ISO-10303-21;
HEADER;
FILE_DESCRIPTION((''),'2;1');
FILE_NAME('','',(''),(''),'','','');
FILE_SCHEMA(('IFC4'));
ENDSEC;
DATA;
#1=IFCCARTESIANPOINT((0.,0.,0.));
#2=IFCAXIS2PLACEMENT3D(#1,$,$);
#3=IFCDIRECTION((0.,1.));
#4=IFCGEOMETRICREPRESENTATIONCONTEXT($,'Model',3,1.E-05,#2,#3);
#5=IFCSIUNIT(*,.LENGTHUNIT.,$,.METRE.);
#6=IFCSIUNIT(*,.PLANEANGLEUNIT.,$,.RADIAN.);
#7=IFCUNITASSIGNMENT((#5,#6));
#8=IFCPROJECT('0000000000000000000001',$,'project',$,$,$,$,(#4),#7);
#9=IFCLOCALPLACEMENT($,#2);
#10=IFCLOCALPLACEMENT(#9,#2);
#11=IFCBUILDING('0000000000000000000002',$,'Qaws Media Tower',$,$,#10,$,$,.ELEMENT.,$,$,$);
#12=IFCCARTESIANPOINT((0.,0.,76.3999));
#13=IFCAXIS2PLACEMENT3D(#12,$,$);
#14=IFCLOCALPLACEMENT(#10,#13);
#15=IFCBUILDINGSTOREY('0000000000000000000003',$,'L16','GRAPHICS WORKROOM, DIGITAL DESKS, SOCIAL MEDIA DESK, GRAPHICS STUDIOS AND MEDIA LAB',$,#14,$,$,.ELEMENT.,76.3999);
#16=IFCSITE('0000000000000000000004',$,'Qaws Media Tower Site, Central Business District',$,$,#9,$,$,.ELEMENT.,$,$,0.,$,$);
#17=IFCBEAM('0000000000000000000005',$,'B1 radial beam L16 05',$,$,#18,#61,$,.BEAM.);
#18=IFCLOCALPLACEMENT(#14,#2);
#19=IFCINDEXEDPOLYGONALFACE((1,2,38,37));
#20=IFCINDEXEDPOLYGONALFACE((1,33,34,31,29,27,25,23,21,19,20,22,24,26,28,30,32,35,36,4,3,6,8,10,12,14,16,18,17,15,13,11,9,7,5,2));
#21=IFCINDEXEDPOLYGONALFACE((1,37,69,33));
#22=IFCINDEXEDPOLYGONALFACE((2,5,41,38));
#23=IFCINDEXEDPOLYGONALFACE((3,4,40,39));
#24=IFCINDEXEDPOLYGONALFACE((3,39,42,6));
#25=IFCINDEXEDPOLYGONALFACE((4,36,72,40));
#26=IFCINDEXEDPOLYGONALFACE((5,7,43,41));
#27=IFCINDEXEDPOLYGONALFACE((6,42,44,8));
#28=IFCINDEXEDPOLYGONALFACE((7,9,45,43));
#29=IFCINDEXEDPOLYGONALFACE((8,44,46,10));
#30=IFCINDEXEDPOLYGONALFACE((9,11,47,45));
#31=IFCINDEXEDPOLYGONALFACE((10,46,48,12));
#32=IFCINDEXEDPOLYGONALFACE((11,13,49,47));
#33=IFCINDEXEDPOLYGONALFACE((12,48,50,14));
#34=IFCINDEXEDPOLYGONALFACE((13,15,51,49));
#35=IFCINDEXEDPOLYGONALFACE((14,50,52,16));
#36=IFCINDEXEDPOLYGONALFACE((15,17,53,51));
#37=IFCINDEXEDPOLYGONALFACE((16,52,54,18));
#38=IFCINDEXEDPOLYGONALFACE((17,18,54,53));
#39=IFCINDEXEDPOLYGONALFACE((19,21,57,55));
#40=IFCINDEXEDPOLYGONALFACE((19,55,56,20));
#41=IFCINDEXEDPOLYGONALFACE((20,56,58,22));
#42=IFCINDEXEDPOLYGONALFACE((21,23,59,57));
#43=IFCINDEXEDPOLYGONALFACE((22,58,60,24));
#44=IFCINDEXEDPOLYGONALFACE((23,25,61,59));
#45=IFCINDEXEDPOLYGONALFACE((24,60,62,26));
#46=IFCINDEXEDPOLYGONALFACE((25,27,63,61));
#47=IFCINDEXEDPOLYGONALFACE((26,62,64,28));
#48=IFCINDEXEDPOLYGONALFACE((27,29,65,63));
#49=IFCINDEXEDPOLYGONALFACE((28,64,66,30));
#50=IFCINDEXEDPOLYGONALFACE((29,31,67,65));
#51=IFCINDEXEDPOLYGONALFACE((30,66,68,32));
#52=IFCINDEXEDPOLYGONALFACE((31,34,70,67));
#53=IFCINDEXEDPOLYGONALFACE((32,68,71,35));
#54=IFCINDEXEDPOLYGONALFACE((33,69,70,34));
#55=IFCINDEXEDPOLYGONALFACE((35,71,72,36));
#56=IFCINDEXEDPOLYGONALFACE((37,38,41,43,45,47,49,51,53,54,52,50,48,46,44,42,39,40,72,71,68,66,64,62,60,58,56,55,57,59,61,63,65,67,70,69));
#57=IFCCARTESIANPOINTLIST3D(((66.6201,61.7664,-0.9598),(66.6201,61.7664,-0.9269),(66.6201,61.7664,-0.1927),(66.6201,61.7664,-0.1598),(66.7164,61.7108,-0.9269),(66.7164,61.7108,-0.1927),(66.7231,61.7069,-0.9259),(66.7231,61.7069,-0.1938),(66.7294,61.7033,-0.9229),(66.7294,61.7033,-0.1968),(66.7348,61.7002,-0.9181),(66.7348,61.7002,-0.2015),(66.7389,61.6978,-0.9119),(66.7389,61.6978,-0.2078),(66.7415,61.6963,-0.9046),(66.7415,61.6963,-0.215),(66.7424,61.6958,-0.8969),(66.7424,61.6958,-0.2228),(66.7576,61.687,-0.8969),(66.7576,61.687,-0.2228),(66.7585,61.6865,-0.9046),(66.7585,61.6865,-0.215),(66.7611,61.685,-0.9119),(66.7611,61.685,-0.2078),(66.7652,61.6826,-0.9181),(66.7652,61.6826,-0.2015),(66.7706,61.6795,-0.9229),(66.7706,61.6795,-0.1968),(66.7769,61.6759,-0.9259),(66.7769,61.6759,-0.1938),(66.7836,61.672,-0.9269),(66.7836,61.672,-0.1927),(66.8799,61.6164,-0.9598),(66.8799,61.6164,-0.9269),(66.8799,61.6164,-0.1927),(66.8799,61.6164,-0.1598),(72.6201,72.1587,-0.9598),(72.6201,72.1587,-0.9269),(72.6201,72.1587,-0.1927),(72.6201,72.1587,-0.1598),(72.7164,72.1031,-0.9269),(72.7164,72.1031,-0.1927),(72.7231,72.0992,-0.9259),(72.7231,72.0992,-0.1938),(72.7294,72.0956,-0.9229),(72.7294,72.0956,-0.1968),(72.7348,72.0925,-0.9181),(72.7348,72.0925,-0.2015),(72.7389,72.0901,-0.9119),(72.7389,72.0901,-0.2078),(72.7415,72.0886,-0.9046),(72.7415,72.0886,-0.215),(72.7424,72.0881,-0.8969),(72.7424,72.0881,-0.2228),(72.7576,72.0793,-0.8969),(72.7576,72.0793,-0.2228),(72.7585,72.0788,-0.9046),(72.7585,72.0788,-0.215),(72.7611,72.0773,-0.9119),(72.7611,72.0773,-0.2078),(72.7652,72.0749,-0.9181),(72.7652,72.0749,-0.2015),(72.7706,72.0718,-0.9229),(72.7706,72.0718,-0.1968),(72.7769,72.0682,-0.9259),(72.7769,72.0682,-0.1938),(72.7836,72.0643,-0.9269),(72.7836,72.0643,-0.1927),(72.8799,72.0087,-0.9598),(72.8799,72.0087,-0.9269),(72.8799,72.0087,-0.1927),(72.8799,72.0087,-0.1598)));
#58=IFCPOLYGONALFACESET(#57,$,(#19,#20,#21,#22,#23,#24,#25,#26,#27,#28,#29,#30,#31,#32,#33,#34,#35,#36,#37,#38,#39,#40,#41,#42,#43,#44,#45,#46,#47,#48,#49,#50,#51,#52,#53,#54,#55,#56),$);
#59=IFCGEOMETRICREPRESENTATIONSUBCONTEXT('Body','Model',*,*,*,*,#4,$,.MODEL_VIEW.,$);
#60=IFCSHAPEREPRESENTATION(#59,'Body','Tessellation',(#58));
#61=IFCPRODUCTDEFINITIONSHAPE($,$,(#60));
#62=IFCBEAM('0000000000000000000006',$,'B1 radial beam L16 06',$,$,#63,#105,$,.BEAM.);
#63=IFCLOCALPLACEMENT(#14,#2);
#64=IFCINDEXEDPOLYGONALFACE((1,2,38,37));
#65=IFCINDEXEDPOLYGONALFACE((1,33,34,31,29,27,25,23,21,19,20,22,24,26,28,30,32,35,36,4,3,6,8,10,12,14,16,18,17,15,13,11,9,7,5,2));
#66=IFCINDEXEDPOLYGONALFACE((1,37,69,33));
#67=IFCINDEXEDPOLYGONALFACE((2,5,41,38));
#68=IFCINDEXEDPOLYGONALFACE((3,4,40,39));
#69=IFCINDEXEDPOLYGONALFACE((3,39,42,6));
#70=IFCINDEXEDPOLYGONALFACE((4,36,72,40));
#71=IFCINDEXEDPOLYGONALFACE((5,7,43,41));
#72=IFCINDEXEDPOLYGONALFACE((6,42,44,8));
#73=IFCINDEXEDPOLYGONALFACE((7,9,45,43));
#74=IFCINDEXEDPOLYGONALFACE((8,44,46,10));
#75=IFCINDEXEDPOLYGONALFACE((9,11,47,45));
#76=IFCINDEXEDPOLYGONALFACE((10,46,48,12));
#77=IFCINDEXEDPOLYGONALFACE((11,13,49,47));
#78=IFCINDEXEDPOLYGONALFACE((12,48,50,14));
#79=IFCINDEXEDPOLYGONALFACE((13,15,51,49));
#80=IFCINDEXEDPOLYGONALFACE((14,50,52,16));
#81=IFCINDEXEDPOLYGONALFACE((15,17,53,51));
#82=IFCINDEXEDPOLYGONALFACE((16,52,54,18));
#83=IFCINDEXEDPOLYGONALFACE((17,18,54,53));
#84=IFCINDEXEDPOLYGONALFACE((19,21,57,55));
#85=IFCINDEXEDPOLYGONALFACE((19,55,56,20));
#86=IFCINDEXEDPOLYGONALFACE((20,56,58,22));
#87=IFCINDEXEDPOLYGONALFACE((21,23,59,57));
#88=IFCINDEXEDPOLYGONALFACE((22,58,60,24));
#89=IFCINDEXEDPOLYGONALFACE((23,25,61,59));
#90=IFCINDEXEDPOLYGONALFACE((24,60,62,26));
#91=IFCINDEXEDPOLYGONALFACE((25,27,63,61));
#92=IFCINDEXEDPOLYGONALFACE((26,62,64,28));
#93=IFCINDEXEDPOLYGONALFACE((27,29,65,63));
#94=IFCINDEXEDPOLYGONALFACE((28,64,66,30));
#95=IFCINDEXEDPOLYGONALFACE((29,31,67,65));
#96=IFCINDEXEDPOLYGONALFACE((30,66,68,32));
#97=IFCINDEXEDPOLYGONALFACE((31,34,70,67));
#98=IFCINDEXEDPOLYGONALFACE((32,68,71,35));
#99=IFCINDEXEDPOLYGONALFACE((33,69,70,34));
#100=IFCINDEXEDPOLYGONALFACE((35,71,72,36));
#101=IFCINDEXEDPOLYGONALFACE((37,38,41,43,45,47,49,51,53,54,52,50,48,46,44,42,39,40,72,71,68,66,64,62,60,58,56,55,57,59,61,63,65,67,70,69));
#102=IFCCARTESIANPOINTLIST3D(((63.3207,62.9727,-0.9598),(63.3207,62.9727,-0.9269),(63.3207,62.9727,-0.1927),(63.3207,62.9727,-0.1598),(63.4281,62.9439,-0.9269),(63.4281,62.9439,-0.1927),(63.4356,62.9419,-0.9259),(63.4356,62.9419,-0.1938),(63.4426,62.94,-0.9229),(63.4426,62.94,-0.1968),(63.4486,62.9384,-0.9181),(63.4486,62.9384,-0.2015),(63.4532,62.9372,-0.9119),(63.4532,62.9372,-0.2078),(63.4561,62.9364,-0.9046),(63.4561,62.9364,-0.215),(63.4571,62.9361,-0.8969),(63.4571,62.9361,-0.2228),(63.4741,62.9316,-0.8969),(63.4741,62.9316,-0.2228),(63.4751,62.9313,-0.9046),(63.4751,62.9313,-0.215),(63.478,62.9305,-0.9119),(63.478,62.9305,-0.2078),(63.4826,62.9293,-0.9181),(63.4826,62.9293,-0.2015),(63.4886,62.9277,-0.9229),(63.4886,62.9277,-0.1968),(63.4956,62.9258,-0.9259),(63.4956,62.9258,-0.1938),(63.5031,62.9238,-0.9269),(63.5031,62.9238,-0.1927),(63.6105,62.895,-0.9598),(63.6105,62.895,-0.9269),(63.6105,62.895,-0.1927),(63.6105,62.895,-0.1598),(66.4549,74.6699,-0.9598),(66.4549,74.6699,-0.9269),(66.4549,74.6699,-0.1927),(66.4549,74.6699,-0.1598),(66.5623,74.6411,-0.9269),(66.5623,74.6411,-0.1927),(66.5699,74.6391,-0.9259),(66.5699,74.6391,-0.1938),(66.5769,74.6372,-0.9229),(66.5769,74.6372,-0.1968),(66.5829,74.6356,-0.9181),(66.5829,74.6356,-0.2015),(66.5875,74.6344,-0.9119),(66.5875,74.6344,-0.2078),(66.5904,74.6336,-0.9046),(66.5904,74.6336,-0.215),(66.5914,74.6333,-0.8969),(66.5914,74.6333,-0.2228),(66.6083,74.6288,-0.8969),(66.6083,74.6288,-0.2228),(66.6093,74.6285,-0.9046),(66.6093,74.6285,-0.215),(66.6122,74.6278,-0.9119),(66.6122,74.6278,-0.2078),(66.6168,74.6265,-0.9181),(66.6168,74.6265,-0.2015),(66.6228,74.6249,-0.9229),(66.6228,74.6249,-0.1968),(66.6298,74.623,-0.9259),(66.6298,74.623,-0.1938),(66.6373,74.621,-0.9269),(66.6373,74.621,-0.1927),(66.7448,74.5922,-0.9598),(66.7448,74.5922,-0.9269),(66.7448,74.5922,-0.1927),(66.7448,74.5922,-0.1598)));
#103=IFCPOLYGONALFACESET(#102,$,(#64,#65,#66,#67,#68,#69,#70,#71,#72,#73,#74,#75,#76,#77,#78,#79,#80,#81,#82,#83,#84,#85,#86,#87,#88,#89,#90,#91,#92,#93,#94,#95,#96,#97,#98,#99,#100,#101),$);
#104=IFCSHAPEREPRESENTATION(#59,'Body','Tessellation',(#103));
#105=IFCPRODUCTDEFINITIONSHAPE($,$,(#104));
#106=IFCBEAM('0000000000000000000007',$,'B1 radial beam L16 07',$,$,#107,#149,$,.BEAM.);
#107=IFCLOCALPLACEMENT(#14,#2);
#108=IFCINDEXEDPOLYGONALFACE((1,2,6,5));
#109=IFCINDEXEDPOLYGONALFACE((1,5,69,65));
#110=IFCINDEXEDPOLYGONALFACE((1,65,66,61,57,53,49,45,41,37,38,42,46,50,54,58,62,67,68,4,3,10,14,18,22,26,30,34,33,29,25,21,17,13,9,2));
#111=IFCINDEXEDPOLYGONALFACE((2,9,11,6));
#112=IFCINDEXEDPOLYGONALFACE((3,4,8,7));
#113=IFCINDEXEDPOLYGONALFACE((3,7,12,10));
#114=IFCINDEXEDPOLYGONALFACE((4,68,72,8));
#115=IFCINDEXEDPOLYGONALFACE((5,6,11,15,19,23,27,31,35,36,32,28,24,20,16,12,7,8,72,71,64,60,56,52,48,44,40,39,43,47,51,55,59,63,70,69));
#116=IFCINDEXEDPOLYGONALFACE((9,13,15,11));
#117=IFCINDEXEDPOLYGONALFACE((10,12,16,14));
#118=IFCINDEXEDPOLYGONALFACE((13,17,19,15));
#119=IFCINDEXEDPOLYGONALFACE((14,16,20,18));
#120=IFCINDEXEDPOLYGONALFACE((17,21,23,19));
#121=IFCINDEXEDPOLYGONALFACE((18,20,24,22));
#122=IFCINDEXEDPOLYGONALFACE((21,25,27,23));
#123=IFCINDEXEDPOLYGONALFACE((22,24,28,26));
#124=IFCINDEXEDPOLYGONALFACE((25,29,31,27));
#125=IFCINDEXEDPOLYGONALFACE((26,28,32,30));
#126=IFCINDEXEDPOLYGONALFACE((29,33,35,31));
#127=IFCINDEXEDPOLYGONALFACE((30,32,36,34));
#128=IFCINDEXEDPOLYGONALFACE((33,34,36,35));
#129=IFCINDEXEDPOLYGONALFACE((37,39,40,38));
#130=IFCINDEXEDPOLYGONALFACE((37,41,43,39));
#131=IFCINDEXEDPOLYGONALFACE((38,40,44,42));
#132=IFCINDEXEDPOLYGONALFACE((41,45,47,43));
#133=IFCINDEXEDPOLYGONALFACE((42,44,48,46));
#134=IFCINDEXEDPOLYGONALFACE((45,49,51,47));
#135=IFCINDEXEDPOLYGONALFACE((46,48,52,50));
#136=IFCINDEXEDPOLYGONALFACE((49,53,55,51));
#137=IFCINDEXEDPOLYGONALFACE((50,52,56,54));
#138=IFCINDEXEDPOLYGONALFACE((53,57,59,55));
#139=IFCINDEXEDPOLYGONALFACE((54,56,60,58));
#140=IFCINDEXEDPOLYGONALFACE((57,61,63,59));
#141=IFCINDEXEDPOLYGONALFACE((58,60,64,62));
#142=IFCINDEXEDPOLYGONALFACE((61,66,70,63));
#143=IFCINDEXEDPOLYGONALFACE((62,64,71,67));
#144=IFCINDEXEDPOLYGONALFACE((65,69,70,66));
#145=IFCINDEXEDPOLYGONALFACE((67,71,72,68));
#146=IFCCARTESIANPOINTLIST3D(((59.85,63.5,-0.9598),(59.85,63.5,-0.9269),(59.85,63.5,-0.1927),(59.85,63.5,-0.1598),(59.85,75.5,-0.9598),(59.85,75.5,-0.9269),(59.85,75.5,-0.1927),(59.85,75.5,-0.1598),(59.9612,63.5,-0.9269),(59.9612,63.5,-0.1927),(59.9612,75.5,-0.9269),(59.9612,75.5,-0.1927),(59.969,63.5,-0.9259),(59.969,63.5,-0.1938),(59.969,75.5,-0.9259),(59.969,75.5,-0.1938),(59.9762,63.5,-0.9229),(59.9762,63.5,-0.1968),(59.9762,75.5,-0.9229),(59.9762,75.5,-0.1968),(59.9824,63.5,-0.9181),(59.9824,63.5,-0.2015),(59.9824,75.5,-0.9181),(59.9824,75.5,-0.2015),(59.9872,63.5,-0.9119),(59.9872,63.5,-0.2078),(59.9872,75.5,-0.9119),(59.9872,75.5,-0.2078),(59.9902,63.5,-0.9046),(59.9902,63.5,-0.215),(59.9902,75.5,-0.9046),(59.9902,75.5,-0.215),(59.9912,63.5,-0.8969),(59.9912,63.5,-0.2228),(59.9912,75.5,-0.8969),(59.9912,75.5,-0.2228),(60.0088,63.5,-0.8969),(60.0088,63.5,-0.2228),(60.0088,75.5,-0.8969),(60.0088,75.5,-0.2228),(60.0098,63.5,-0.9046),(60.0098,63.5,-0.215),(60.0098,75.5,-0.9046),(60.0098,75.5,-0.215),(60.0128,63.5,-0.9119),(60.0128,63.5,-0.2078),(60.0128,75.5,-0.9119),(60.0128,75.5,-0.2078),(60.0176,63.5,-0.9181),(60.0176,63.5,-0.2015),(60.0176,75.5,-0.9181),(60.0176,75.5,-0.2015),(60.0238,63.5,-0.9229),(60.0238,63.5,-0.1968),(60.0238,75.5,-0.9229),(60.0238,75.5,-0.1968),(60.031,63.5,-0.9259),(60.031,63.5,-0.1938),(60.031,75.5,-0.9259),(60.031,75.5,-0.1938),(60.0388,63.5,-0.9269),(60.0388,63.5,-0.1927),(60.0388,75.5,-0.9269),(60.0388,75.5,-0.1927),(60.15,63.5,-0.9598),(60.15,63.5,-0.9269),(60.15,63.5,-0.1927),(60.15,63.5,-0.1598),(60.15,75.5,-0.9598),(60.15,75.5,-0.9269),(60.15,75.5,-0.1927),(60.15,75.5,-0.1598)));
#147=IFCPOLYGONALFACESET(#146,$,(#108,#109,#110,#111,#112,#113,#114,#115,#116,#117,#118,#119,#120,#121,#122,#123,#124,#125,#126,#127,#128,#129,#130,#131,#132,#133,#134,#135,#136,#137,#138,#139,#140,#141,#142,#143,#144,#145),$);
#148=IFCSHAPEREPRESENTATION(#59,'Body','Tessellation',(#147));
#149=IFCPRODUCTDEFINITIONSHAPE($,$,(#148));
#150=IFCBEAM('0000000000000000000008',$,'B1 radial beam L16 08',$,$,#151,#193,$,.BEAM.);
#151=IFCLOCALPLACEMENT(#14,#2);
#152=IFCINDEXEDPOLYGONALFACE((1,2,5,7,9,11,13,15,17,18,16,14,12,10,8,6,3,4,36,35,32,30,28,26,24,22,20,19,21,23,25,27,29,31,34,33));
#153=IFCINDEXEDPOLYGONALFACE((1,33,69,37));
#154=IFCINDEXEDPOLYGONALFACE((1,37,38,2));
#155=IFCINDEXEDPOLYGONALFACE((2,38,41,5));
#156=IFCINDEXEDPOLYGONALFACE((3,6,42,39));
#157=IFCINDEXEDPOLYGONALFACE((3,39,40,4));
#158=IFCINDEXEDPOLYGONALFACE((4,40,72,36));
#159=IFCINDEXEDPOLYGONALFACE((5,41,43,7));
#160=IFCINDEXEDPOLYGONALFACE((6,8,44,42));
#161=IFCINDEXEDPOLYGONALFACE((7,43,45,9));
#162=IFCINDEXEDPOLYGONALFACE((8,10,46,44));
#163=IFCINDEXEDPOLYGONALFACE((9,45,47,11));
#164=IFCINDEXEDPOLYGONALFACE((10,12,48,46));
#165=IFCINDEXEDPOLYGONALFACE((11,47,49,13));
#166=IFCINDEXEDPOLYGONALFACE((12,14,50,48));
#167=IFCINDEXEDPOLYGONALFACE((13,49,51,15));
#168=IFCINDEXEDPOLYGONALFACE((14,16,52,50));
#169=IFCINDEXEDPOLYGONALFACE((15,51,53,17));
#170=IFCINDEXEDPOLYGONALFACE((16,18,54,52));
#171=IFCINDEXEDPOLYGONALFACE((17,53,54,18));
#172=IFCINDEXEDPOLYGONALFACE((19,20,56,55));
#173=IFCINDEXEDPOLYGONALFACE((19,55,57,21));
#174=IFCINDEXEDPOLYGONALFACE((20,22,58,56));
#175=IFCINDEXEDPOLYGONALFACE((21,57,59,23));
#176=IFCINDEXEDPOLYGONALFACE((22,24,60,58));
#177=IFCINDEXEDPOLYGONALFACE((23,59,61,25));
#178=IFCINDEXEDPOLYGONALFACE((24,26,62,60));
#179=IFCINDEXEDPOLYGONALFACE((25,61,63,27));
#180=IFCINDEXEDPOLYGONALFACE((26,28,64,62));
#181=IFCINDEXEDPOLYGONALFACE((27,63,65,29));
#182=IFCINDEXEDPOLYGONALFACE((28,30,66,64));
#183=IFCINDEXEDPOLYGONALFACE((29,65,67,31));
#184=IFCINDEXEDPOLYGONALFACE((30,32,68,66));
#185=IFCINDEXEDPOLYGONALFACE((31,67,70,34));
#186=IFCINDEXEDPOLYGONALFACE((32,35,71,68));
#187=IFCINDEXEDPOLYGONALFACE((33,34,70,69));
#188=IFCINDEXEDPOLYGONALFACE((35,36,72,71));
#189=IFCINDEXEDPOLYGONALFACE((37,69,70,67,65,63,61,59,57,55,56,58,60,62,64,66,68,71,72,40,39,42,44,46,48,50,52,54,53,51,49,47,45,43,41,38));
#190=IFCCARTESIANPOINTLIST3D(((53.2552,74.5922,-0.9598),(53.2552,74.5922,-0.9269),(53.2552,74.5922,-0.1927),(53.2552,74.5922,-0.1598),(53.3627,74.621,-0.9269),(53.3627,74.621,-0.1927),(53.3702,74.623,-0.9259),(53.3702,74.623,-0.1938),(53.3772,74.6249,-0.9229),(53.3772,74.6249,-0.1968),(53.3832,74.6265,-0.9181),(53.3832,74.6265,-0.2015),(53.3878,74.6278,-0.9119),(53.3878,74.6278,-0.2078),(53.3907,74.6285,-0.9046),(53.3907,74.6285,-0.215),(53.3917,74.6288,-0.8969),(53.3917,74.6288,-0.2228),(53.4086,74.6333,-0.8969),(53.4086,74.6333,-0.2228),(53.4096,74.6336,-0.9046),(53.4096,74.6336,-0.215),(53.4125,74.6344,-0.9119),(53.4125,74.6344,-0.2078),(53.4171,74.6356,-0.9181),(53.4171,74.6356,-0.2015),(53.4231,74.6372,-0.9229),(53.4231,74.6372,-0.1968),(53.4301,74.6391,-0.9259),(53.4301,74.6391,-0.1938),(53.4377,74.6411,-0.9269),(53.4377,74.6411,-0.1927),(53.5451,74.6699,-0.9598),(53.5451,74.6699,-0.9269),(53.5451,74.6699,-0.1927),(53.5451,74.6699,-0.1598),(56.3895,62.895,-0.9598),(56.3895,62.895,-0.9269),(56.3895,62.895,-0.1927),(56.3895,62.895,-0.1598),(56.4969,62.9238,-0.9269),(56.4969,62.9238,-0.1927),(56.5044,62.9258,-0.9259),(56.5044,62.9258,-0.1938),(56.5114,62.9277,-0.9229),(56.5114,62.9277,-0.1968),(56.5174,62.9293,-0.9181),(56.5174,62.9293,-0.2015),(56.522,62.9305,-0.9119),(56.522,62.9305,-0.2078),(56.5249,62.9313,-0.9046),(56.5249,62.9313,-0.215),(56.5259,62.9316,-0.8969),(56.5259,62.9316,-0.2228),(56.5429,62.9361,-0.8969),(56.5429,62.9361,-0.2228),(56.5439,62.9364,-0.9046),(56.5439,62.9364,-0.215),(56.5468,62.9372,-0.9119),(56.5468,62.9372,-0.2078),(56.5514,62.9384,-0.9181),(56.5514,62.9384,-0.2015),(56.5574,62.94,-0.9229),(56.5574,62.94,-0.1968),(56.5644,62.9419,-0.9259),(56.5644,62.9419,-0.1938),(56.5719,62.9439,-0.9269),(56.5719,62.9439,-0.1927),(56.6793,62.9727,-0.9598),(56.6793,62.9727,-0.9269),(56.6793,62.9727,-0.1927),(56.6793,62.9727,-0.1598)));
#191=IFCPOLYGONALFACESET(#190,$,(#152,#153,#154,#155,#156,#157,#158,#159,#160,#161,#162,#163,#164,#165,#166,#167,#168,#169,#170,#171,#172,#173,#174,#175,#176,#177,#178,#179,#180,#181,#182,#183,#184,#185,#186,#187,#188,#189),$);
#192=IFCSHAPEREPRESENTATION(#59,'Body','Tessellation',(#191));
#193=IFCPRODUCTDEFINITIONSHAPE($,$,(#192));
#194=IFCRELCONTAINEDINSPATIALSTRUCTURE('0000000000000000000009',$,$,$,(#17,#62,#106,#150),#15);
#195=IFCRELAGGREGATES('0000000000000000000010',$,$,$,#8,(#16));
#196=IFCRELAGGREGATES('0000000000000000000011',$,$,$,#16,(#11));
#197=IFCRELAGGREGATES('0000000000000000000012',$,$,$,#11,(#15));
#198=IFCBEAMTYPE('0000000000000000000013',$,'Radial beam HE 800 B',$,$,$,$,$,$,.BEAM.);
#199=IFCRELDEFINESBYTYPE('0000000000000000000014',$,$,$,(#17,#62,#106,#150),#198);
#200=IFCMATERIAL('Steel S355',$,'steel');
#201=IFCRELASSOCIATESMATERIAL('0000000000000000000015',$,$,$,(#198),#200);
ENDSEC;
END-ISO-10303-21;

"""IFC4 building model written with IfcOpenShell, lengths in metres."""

from ifc_helpers import new_model, si_unit, direction, frame, origin, origin_2d, place, context, subcontext, project, spatial, i_section, extrude, material, material_profile, profile_set, type_object, element, save


model = new_model("IFC4")

# Units and contexts
model_context = context("Model", 3, precision=1e-05, world=origin(), true_north=direction((0.0, 1.0)))
body_context = subcontext(model_context, "Body", "Model", "MODEL_VIEW")
ifc_project = project(units=[si_unit("LENGTHUNIT", "METRE"), si_unit("PLANEANGLEUNIT", "RADIAN")], contexts=[model_context])

# Site, building, storey
site_placement = place(None, origin())
site = spatial("IfcSite", under=ifc_project, at=site_placement, Name="Qaws Media Tower Site, Central Business District", CompositionType="ELEMENT", RefElevation=0.0)
building_placement = place(site_placement, origin())
building = spatial("IfcBuilding", under=site, at=building_placement, Name="Qaws Media Tower", CompositionType="ELEMENT")
storey_placement = place(building_placement, frame((0.0, 0.0, 76.3999)))
storey = spatial("IfcBuildingStorey", under=building, at=storey_placement, Name="L16", Description="GRAPHICS WORKROOM, DIGITAL DESKS, SOCIAL MEDIA DESK, GRAPHICS STUDIOS AND MEDIA LAB", CompositionType="ELEMENT", Elevation=76.3999)

# Beams
ifc_material_1 = material(Name="Steel S355", Category="steel")
ifc_material_profile_1 = material_profile(ifc_material_1, i_section(OverallWidth=0.3, OverallDepth=0.8, WebThickness=0.0176, FlangeThickness=0.033, FilletRadius=0.03, at=origin_2d()), Name="HE 800 B")
ifc_profile_set_1 = profile_set([ifc_material_profile_1], Name="Steel S355")
beam_type_1 = type_object("IfcBeamType", Name="Radial beam HE 800 B", PredefinedType="BEAM", material=ifc_profile_set_1)
beam_1_placement = place(storey_placement, frame((66.75, 61.6914, -0.5598), z_axis=(0.499999, 0.866026, 0.0), x_axis=(-0.866026, 0.499999, 0.0)))
element("IfcBeam", 1, at=beam_1_placement, inside=storey, type_object=beam_type_1, Name="B1 radial beam L16 05", PredefinedType="BEAM", context=body_context, shape_type="SweptSolid", body=[
    extrude(i_section(OverallWidth=0.3, OverallDepth=0.8, WebThickness=0.0176, FlangeThickness=0.033, FilletRadius=0.03, at=origin_2d()), origin(), (0.0, 0.0, 1.0), 12.0),
])
beam_2_placement = place(storey_placement, frame((63.4656, 62.9338, -0.5598), z_axis=(0.258819, 0.965926, 0.0), x_axis=(-0.965926, 0.258819, 0.0)))
element("IfcBeam", 2, at=beam_2_placement, inside=storey, type_object=beam_type_1, Name="B1 radial beam L16 06", PredefinedType="BEAM", context=body_context, shape_type="SweptSolid", body=[
    extrude(i_section(OverallWidth=0.3, OverallDepth=0.8, WebThickness=0.0176, FlangeThickness=0.033, FilletRadius=0.03, at=origin_2d()), origin(), (0.0, 0.0, 1.0), 12.1099),
])
beam_3_placement = place(storey_placement, frame((60.0, 63.5, -0.5598), z_axis=(0.0, 1.0, 0.0), x_axis=(-1.0, 0.0, 0.0)))
element("IfcBeam", 3, at=beam_3_placement, inside=storey, type_object=beam_type_1, Name="B1 radial beam L16 07", PredefinedType="BEAM", context=body_context, shape_type="SweptSolid", body=[
    extrude(i_section(OverallWidth=0.3, OverallDepth=0.8, WebThickness=0.0176, FlangeThickness=0.033, FilletRadius=0.03, at=origin_2d()), origin(), (0.0, 0.0, 1.0), 12.0),
])
beam_4_placement = place(storey_placement, frame((56.5344, 62.9338, -0.5598), z_axis=(-0.258819, 0.965926, 0.0), x_axis=(-0.965926, -0.258819, 0.0)))
element("IfcBeam", 4, at=beam_4_placement, inside=storey, type_object=beam_type_1, Name="B1 radial beam L16 08", PredefinedType="BEAM", context=body_context, shape_type="SweptSolid", body=[
    extrude(i_section(OverallWidth=0.3, OverallDepth=0.8, WebThickness=0.0176, FlangeThickness=0.033, FilletRadius=0.03, at=origin_2d()), origin(), (0.0, 0.0, 1.0), 12.1099),
])

save(model, "model.ifc")
